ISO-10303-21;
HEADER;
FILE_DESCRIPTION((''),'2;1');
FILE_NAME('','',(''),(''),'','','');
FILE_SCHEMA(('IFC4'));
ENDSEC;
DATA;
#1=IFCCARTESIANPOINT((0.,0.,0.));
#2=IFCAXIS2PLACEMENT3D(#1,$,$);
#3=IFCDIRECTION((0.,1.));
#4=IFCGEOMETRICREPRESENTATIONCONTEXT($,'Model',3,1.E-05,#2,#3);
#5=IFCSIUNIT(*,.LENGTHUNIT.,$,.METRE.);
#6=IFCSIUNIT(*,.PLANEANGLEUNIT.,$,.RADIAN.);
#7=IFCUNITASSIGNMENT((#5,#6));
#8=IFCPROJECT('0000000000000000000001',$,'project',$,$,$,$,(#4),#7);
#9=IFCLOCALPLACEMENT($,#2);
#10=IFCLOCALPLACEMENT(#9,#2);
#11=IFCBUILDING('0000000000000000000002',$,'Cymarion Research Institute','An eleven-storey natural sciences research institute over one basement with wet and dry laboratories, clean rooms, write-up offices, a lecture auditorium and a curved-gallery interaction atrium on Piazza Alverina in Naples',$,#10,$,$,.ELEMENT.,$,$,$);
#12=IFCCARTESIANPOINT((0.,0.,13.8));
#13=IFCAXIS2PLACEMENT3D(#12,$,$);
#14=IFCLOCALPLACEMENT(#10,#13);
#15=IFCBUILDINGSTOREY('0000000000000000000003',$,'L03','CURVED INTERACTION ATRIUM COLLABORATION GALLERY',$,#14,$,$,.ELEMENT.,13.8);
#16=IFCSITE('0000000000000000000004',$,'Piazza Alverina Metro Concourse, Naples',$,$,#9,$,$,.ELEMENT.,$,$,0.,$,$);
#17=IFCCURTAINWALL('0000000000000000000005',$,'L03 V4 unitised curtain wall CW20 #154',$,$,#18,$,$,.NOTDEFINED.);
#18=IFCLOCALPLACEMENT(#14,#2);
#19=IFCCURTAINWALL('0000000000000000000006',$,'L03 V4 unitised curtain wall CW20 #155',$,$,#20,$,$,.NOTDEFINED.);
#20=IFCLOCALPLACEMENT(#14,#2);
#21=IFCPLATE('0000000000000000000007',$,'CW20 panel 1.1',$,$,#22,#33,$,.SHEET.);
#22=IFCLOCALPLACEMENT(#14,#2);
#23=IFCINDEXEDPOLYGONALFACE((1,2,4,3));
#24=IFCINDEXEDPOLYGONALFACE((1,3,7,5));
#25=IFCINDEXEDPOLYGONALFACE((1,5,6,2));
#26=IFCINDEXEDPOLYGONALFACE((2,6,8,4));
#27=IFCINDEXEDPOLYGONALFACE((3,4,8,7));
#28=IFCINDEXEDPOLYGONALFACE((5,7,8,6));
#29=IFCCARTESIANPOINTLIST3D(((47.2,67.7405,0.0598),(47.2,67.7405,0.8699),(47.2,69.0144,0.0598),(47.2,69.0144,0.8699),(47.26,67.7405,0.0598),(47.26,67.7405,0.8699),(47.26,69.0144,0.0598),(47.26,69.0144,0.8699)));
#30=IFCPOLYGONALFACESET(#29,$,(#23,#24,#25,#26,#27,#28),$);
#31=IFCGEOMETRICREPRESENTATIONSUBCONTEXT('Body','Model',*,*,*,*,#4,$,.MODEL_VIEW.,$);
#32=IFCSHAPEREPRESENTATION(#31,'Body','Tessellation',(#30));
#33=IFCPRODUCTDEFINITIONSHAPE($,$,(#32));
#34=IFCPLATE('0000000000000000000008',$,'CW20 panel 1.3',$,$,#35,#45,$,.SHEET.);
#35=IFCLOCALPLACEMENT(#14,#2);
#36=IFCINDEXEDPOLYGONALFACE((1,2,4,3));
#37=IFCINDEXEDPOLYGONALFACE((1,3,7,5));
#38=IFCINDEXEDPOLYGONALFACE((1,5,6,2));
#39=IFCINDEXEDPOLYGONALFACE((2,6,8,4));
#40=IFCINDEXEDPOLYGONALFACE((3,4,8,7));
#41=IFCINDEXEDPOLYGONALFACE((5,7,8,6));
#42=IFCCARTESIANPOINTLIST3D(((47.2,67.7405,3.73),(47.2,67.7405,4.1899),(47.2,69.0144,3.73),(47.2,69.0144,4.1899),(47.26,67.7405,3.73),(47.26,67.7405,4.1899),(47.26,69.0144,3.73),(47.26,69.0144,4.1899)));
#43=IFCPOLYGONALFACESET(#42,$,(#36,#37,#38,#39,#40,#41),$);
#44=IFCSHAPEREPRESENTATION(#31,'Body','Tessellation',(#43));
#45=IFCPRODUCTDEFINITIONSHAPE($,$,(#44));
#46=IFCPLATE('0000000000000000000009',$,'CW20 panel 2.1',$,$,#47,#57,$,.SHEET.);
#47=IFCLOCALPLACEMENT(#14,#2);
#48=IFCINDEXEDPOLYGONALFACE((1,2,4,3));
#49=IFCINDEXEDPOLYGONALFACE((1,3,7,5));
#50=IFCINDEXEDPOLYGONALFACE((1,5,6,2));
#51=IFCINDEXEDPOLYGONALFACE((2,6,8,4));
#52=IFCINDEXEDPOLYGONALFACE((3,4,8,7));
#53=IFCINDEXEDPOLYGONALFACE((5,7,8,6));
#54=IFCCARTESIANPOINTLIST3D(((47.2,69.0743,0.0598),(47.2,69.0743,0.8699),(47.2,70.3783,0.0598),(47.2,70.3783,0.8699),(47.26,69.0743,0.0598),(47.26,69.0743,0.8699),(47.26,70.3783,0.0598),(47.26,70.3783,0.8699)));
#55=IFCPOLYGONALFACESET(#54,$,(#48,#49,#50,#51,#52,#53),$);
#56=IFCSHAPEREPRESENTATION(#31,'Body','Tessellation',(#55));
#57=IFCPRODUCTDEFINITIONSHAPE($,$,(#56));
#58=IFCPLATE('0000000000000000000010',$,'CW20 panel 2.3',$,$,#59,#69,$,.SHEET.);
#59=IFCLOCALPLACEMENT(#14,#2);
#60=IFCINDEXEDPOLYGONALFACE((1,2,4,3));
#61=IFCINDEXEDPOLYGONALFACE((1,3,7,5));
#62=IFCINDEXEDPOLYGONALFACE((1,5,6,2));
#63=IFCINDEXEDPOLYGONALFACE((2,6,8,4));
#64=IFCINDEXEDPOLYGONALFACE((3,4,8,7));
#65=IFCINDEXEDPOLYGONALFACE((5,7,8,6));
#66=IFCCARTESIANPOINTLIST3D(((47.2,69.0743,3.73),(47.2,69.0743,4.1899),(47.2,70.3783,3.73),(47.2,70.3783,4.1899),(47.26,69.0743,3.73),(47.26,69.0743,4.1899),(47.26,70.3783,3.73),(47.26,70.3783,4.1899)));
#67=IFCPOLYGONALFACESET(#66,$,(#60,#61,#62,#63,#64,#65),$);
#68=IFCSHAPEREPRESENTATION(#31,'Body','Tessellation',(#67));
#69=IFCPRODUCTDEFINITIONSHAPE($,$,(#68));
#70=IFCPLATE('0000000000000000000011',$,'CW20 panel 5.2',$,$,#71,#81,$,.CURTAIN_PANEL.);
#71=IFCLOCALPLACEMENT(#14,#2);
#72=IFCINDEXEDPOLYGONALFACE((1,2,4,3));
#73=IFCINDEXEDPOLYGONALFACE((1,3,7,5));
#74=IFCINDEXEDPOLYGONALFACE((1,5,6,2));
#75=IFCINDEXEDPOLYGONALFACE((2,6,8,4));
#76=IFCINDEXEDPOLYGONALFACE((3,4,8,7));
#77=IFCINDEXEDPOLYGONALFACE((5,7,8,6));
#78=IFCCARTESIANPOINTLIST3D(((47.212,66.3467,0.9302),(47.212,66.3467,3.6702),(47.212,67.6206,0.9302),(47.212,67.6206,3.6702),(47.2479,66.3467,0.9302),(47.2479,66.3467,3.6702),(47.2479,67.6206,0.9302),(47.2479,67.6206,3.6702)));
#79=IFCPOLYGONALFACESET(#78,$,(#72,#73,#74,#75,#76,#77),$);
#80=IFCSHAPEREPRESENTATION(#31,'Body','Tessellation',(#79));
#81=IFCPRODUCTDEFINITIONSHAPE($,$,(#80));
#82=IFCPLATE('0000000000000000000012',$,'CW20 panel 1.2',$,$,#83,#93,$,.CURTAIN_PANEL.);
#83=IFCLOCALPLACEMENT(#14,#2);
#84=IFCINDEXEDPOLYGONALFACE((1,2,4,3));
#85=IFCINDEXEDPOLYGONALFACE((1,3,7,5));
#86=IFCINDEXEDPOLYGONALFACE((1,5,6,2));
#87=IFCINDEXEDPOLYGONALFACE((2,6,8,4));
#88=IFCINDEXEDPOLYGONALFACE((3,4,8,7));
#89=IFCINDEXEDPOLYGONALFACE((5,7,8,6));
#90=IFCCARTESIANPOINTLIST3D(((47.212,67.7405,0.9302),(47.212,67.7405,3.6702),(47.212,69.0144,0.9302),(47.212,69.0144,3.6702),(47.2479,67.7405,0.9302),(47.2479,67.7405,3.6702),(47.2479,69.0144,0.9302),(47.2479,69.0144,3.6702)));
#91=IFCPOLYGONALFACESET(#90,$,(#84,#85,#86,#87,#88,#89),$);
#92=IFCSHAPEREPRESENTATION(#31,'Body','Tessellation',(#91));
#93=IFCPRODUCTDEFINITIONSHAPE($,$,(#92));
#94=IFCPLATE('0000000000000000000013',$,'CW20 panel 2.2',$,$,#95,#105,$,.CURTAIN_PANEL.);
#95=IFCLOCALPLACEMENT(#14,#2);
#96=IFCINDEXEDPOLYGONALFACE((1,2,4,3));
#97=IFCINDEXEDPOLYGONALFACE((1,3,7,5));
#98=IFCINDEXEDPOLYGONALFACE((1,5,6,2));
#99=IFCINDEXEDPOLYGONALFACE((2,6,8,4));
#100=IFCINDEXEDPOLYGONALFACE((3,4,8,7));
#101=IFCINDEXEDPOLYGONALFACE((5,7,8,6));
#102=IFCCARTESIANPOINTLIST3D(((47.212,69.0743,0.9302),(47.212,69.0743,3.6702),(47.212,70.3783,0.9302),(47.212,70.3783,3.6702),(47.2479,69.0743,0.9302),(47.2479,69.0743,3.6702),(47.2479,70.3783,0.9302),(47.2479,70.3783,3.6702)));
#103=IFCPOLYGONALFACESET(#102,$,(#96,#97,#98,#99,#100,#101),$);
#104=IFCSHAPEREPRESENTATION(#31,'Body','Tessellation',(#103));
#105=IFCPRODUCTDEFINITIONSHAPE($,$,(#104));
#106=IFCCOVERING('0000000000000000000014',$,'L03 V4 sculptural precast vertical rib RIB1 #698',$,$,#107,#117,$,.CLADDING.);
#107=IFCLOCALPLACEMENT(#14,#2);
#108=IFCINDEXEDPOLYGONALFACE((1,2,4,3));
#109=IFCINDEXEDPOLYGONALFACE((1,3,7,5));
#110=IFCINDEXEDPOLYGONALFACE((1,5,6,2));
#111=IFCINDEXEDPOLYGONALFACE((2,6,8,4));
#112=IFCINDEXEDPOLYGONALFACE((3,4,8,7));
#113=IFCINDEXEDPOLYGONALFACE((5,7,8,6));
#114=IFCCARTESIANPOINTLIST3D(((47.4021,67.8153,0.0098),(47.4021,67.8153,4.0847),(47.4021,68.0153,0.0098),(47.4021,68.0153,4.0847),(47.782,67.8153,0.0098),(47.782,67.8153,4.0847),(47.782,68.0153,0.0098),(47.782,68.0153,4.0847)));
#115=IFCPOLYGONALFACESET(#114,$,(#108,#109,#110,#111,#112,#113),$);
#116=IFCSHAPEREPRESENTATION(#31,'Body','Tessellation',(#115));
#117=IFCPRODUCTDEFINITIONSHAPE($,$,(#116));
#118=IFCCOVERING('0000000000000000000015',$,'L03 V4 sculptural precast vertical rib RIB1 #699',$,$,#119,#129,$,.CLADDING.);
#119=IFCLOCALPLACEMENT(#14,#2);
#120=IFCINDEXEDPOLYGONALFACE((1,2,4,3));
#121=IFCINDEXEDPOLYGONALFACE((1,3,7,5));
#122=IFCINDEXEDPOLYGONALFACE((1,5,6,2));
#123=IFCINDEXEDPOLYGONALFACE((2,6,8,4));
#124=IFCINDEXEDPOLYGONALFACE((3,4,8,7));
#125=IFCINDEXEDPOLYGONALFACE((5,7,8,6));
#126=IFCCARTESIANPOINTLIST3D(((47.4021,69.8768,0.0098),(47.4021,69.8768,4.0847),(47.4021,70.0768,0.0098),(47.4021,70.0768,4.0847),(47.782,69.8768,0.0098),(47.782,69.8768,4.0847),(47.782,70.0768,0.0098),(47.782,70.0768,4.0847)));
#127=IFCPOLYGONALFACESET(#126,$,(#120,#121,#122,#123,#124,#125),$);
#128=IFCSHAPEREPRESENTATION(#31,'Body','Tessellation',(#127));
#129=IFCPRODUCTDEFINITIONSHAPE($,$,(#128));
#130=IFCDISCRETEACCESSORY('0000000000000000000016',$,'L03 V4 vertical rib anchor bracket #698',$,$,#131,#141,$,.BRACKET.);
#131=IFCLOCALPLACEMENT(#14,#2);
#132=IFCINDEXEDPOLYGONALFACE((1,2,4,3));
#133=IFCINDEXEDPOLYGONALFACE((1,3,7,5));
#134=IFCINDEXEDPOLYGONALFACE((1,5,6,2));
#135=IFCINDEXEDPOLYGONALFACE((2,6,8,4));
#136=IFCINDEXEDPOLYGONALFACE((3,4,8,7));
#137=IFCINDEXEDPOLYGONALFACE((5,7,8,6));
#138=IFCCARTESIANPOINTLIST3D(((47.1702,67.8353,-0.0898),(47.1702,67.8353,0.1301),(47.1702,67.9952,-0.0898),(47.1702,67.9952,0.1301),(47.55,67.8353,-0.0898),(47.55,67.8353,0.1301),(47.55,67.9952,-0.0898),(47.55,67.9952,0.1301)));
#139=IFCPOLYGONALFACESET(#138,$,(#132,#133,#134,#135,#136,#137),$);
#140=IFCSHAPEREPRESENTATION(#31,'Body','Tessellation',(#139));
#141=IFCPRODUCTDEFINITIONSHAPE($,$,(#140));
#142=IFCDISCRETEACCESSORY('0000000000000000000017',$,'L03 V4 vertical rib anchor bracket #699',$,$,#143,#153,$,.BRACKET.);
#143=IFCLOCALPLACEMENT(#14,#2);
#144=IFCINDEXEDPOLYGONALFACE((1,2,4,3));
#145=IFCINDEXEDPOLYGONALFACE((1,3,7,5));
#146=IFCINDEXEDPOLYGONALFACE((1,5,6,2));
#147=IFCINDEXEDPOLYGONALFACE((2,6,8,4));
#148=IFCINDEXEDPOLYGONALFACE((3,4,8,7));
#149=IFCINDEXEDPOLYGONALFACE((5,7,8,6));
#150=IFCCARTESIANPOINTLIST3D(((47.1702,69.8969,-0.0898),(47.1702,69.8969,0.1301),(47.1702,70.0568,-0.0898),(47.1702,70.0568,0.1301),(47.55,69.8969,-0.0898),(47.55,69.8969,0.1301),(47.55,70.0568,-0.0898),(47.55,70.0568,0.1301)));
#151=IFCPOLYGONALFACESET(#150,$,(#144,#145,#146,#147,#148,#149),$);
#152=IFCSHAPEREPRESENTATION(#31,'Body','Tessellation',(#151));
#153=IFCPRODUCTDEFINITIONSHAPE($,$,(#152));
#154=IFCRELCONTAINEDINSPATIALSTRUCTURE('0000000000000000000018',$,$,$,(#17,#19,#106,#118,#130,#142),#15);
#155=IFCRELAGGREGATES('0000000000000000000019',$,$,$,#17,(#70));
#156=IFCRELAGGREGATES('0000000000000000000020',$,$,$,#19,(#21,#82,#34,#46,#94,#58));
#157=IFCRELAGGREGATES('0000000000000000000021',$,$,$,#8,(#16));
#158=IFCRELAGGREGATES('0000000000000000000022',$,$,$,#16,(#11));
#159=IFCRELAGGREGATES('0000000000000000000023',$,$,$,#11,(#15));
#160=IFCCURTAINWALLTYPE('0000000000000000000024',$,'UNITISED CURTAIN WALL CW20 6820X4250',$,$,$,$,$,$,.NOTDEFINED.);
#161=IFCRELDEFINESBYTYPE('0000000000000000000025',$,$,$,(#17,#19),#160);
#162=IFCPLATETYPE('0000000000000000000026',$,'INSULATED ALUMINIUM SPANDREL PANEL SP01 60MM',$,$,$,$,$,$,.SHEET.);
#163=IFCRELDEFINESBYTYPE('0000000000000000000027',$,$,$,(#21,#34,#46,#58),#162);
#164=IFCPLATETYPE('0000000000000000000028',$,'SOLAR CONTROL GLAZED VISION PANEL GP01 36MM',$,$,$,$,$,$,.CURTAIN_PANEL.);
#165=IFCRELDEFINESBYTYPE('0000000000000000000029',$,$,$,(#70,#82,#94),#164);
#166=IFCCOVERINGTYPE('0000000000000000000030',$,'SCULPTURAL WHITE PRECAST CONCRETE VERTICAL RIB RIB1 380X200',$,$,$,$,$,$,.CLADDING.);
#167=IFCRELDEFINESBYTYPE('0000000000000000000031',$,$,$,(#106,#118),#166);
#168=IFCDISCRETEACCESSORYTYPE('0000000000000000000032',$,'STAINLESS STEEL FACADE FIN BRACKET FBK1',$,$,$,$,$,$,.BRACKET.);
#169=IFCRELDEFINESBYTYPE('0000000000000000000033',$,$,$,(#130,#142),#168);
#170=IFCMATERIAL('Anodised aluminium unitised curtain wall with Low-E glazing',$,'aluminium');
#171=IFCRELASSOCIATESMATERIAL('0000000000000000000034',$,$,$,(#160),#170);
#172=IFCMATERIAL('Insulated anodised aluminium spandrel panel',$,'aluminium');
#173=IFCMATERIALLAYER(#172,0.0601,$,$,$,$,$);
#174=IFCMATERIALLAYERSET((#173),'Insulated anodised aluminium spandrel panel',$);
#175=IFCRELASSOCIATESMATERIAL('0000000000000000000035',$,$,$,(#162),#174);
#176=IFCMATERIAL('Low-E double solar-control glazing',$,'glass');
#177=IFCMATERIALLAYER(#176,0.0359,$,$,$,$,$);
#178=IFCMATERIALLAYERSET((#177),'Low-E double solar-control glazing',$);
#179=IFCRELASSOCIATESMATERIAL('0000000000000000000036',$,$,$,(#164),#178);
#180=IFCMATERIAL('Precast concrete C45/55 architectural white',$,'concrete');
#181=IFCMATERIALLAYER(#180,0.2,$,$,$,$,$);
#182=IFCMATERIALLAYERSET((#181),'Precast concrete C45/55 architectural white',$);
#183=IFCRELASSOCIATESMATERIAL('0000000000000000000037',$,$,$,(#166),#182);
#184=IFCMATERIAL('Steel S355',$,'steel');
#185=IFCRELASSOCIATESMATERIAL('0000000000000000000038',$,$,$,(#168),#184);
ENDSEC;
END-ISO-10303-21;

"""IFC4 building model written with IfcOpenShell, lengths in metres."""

from ifc_helpers import new_model, si_unit, direction, frame, origin, origin_2d, place, context, subcontext, project, spatial, rectangle, extrude, material, layer, layer_set, type_object, element, aggregate, save


model = new_model("IFC4")

# Units and contexts
model_context = context("Model", 3, precision=1e-05, world=origin(), true_north=direction((0.0, 1.0)))
body_context = subcontext(model_context, "Body", "Model", "MODEL_VIEW")
ifc_project = project(units=[si_unit("LENGTHUNIT", "METRE"), si_unit("PLANEANGLEUNIT", "RADIAN")], contexts=[model_context])

# Site, building, storey
site_placement = place(None, origin())
site = spatial("IfcSite", under=ifc_project, at=site_placement, Name="Piazza Alverina Metro Concourse, Naples", CompositionType="ELEMENT", RefElevation=0.0)
building_placement = place(site_placement, origin())
building = spatial("IfcBuilding", under=site, at=building_placement, Name="Cymarion Research Institute", Description="An eleven-storey natural sciences research institute over one basement with wet and dry laboratories, clean rooms, write-up offices, a lecture auditorium and a curved-gallery interaction atrium on Piazza Alverina in Naples", CompositionType="ELEMENT")
storey_placement = place(building_placement, frame((0.0, 0.0, 13.8)))
storey = spatial("IfcBuildingStorey", under=building, at=storey_placement, Name="L03", Description="CURVED INTERACTION ATRIUM COLLABORATION GALLERY", CompositionType="ELEMENT", Elevation=13.8)

# Curtain wall
ifc_material_1 = material(Name="Anodised aluminium unitised curtain wall with Low-E glazing", Category="aluminium")
curtain_wall_type = type_object("IfcCurtainWallType", Name="UNITISED CURTAIN WALL CW20 6820X4250", PredefinedType="NOTDEFINED", material=ifc_material_1)
curtain_wall_1_placement = place(storey_placement, origin())
curtain_wall_1 = element("IfcCurtainWall", 1, at=curtain_wall_1_placement, inside=storey, type_object=curtain_wall_type, Name="L03 V4 unitised curtain wall CW20 #154", PredefinedType="NOTDEFINED")

# Curtain wall
curtain_wall_2_placement = place(storey_placement, origin())
curtain_wall_2 = element("IfcCurtainWall", 2, at=curtain_wall_2_placement, inside=storey, type_object=curtain_wall_type, Name="L03 V4 unitised curtain wall CW20 #155", PredefinedType="NOTDEFINED")

# Plates
ifc_material_2 = material(Name="Insulated anodised aluminium spandrel panel", Category="aluminium")
ifc_layer_1 = layer(ifc_material_2, 0.0601)
ifc_layer_set_1 = layer_set([ifc_layer_1], Name="Insulated anodised aluminium spandrel panel")
plate_type_1 = type_object("IfcPlateType", Name="INSULATED ALUMINIUM SPANDREL PANEL SP01 60MM", PredefinedType="SHEET", material=ifc_layer_set_1)
plate_1_placement = place(storey_placement, frame((47.23, 68.3774, 0.0598), z_axis=(0.0, 0.0, 1.0), x_axis=(0.0, 1.0, 0.0)))
plate_1 = element("IfcPlate", 3, at=plate_1_placement, type_object=plate_type_1, Name="CW20 panel 1.1", PredefinedType="SHEET", context=body_context, shape_type="SweptSolid", body=[
    extrude(rectangle(XDim=1.2739, YDim=0.0601, at=origin_2d()), origin(), (0.0, 0.0, 1.0), 0.8101),
])
plate_2_placement = place(storey_placement, frame((47.23, 68.3774, 3.73), z_axis=(0.0, 0.0, 1.0), x_axis=(0.0, 1.0, 0.0)))
plate_2 = element("IfcPlate", 4, at=plate_2_placement, type_object=plate_type_1, Name="CW20 panel 1.3", PredefinedType="SHEET", context=body_context, shape_type="SweptSolid", body=[
    extrude(rectangle(XDim=1.2739, YDim=0.0601, at=origin_2d()), origin(), (0.0, 0.0, 1.0), 0.46),
])
plate_3_placement = place(storey_placement, frame((47.23, 69.7263, 0.0598), z_axis=(0.0, 0.0, 1.0), x_axis=(0.0, 1.0, 0.0)))
plate_3 = element("IfcPlate", 5, at=plate_3_placement, type_object=plate_type_1, Name="CW20 panel 2.1", PredefinedType="SHEET", context=body_context, shape_type="SweptSolid", body=[
    extrude(rectangle(XDim=1.304, YDim=0.0601, at=origin_2d()), origin(), (0.0, 0.0, 1.0), 0.8101),
])
plate_4_placement = place(storey_placement, frame((47.23, 69.7263, 3.73), z_axis=(0.0, 0.0, 1.0), x_axis=(0.0, 1.0, 0.0)))
plate_4 = element("IfcPlate", 6, at=plate_4_placement, type_object=plate_type_1, Name="CW20 panel 2.3", PredefinedType="SHEET", context=body_context, shape_type="SweptSolid", body=[
    extrude(rectangle(XDim=1.304, YDim=0.0601, at=origin_2d()), origin(), (0.0, 0.0, 1.0), 0.46),
])
ifc_material_3 = material(Name="Low-E double solar-control glazing", Category="glass")
ifc_layer_2 = layer(ifc_material_3, 0.0359)
ifc_layer_set_2 = layer_set([ifc_layer_2], Name="Low-E double solar-control glazing")
plate_type_2 = type_object("IfcPlateType", Name="SOLAR CONTROL GLAZED VISION PANEL GP01 36MM", PredefinedType="CURTAIN_PANEL", material=ifc_layer_set_2)
plate_5_placement = place(storey_placement, frame((47.23, 66.9836, 0.9302), z_axis=(0.0, 0.0, 1.0), x_axis=(0.0, 1.0, 0.0)))
plate_5 = element("IfcPlate", 7, at=plate_5_placement, type_object=plate_type_2, Name="CW20 panel 5.2", PredefinedType="CURTAIN_PANEL", context=body_context, shape_type="SweptSolid", body=[
    extrude(rectangle(XDim=1.2739, YDim=0.0359, at=origin_2d()), origin(), (0.0, 0.0, 1.0), 2.74),
])
aggregate(curtain_wall_1, [plate_5])
plate_6_placement = place(storey_placement, frame((47.23, 68.3774, 0.9302), z_axis=(0.0, 0.0, 1.0), x_axis=(0.0, 1.0, 0.0)))
plate_6 = element("IfcPlate", 8, at=plate_6_placement, type_object=plate_type_2, Name="CW20 panel 1.2", PredefinedType="CURTAIN_PANEL", context=body_context, shape_type="SweptSolid", body=[
    extrude(rectangle(XDim=1.2739, YDim=0.0359, at=origin_2d()), origin(), (0.0, 0.0, 1.0), 2.74),
])
plate_7_placement = place(storey_placement, frame((47.23, 69.7263, 0.9302), z_axis=(0.0, 0.0, 1.0), x_axis=(0.0, 1.0, 0.0)))
plate_7 = element("IfcPlate", 9, at=plate_7_placement, type_object=plate_type_2, Name="CW20 panel 2.2", PredefinedType="CURTAIN_PANEL", context=body_context, shape_type="SweptSolid", body=[
    extrude(rectangle(XDim=1.304, YDim=0.0359, at=origin_2d()), origin(), (0.0, 0.0, 1.0), 2.74),
])
aggregate(curtain_wall_2, [plate_1, plate_6, plate_2, plate_3, plate_7, plate_4])

# Coverings
ifc_material_4 = material(Name="Precast concrete C45/55 architectural white", Category="concrete")
ifc_layer_3 = layer(ifc_material_4, 0.2)
ifc_layer_set_3 = layer_set([ifc_layer_3], Name="Precast concrete C45/55 architectural white")
covering_type = type_object("IfcCoveringType", Name="SCULPTURAL WHITE PRECAST CONCRETE VERTICAL RIB RIB1 380X200", PredefinedType="CLADDING", material=ifc_layer_set_3)
for number, where, z_axis, x_axis, name in (
    (10, (47.592, 67.9153, 0.0098), (0.0, 0.0, 1.0), (1.0, 0.0, 0.0), "L03 V4 sculptural precast vertical rib RIB1 #698"),
    (11, (47.592, 69.9768, 0.0098), (0.0, 0.0, 1.0), (1.0, 0.0, 0.0), "L03 V4 sculptural precast vertical rib RIB1 #699"),
):
    element("IfcCovering", number, at=place(storey_placement, frame(where, z_axis=z_axis, x_axis=x_axis)), inside=storey, type_object=covering_type, Name=name, PredefinedType="CLADDING", context=body_context, shape_type="SweptSolid", body=[
        extrude(rectangle(XDim=0.3799, YDim=0.2, at=origin_2d()), origin(), (0.0, 0.0, 1.0), 4.075),
    ])

# Discrete accessories
ifc_material_5 = material(Name="Steel S355", Category="steel")
discrete_accessory_type = type_object("IfcDiscreteAccessoryType", Name="STAINLESS STEEL FACADE FIN BRACKET FBK1", PredefinedType="BRACKET", material=ifc_material_5)
for number, where, z_axis, x_axis, name in (
    (12, (47.3601, 67.9153, -0.0898), (0.0, 0.0, 1.0), (1.0, 0.0, 0.0), "L03 V4 vertical rib anchor bracket #698"),
    (13, (47.3601, 69.9768, -0.0898), (0.0, 0.0, 1.0), (1.0, 0.0, 0.0), "L03 V4 vertical rib anchor bracket #699"),
):
    element("IfcDiscreteAccessory", number, at=place(storey_placement, frame(where, z_axis=z_axis, x_axis=x_axis)), inside=storey, type_object=discrete_accessory_type, Name=name, PredefinedType="BRACKET", context=body_context, shape_type="SweptSolid", body=[
        extrude(rectangle(XDim=0.3799, YDim=0.1599, at=origin_2d()), origin(), (0.0, 0.0, 1.0), 0.22),
    ])

save(model, "model.ifc")
